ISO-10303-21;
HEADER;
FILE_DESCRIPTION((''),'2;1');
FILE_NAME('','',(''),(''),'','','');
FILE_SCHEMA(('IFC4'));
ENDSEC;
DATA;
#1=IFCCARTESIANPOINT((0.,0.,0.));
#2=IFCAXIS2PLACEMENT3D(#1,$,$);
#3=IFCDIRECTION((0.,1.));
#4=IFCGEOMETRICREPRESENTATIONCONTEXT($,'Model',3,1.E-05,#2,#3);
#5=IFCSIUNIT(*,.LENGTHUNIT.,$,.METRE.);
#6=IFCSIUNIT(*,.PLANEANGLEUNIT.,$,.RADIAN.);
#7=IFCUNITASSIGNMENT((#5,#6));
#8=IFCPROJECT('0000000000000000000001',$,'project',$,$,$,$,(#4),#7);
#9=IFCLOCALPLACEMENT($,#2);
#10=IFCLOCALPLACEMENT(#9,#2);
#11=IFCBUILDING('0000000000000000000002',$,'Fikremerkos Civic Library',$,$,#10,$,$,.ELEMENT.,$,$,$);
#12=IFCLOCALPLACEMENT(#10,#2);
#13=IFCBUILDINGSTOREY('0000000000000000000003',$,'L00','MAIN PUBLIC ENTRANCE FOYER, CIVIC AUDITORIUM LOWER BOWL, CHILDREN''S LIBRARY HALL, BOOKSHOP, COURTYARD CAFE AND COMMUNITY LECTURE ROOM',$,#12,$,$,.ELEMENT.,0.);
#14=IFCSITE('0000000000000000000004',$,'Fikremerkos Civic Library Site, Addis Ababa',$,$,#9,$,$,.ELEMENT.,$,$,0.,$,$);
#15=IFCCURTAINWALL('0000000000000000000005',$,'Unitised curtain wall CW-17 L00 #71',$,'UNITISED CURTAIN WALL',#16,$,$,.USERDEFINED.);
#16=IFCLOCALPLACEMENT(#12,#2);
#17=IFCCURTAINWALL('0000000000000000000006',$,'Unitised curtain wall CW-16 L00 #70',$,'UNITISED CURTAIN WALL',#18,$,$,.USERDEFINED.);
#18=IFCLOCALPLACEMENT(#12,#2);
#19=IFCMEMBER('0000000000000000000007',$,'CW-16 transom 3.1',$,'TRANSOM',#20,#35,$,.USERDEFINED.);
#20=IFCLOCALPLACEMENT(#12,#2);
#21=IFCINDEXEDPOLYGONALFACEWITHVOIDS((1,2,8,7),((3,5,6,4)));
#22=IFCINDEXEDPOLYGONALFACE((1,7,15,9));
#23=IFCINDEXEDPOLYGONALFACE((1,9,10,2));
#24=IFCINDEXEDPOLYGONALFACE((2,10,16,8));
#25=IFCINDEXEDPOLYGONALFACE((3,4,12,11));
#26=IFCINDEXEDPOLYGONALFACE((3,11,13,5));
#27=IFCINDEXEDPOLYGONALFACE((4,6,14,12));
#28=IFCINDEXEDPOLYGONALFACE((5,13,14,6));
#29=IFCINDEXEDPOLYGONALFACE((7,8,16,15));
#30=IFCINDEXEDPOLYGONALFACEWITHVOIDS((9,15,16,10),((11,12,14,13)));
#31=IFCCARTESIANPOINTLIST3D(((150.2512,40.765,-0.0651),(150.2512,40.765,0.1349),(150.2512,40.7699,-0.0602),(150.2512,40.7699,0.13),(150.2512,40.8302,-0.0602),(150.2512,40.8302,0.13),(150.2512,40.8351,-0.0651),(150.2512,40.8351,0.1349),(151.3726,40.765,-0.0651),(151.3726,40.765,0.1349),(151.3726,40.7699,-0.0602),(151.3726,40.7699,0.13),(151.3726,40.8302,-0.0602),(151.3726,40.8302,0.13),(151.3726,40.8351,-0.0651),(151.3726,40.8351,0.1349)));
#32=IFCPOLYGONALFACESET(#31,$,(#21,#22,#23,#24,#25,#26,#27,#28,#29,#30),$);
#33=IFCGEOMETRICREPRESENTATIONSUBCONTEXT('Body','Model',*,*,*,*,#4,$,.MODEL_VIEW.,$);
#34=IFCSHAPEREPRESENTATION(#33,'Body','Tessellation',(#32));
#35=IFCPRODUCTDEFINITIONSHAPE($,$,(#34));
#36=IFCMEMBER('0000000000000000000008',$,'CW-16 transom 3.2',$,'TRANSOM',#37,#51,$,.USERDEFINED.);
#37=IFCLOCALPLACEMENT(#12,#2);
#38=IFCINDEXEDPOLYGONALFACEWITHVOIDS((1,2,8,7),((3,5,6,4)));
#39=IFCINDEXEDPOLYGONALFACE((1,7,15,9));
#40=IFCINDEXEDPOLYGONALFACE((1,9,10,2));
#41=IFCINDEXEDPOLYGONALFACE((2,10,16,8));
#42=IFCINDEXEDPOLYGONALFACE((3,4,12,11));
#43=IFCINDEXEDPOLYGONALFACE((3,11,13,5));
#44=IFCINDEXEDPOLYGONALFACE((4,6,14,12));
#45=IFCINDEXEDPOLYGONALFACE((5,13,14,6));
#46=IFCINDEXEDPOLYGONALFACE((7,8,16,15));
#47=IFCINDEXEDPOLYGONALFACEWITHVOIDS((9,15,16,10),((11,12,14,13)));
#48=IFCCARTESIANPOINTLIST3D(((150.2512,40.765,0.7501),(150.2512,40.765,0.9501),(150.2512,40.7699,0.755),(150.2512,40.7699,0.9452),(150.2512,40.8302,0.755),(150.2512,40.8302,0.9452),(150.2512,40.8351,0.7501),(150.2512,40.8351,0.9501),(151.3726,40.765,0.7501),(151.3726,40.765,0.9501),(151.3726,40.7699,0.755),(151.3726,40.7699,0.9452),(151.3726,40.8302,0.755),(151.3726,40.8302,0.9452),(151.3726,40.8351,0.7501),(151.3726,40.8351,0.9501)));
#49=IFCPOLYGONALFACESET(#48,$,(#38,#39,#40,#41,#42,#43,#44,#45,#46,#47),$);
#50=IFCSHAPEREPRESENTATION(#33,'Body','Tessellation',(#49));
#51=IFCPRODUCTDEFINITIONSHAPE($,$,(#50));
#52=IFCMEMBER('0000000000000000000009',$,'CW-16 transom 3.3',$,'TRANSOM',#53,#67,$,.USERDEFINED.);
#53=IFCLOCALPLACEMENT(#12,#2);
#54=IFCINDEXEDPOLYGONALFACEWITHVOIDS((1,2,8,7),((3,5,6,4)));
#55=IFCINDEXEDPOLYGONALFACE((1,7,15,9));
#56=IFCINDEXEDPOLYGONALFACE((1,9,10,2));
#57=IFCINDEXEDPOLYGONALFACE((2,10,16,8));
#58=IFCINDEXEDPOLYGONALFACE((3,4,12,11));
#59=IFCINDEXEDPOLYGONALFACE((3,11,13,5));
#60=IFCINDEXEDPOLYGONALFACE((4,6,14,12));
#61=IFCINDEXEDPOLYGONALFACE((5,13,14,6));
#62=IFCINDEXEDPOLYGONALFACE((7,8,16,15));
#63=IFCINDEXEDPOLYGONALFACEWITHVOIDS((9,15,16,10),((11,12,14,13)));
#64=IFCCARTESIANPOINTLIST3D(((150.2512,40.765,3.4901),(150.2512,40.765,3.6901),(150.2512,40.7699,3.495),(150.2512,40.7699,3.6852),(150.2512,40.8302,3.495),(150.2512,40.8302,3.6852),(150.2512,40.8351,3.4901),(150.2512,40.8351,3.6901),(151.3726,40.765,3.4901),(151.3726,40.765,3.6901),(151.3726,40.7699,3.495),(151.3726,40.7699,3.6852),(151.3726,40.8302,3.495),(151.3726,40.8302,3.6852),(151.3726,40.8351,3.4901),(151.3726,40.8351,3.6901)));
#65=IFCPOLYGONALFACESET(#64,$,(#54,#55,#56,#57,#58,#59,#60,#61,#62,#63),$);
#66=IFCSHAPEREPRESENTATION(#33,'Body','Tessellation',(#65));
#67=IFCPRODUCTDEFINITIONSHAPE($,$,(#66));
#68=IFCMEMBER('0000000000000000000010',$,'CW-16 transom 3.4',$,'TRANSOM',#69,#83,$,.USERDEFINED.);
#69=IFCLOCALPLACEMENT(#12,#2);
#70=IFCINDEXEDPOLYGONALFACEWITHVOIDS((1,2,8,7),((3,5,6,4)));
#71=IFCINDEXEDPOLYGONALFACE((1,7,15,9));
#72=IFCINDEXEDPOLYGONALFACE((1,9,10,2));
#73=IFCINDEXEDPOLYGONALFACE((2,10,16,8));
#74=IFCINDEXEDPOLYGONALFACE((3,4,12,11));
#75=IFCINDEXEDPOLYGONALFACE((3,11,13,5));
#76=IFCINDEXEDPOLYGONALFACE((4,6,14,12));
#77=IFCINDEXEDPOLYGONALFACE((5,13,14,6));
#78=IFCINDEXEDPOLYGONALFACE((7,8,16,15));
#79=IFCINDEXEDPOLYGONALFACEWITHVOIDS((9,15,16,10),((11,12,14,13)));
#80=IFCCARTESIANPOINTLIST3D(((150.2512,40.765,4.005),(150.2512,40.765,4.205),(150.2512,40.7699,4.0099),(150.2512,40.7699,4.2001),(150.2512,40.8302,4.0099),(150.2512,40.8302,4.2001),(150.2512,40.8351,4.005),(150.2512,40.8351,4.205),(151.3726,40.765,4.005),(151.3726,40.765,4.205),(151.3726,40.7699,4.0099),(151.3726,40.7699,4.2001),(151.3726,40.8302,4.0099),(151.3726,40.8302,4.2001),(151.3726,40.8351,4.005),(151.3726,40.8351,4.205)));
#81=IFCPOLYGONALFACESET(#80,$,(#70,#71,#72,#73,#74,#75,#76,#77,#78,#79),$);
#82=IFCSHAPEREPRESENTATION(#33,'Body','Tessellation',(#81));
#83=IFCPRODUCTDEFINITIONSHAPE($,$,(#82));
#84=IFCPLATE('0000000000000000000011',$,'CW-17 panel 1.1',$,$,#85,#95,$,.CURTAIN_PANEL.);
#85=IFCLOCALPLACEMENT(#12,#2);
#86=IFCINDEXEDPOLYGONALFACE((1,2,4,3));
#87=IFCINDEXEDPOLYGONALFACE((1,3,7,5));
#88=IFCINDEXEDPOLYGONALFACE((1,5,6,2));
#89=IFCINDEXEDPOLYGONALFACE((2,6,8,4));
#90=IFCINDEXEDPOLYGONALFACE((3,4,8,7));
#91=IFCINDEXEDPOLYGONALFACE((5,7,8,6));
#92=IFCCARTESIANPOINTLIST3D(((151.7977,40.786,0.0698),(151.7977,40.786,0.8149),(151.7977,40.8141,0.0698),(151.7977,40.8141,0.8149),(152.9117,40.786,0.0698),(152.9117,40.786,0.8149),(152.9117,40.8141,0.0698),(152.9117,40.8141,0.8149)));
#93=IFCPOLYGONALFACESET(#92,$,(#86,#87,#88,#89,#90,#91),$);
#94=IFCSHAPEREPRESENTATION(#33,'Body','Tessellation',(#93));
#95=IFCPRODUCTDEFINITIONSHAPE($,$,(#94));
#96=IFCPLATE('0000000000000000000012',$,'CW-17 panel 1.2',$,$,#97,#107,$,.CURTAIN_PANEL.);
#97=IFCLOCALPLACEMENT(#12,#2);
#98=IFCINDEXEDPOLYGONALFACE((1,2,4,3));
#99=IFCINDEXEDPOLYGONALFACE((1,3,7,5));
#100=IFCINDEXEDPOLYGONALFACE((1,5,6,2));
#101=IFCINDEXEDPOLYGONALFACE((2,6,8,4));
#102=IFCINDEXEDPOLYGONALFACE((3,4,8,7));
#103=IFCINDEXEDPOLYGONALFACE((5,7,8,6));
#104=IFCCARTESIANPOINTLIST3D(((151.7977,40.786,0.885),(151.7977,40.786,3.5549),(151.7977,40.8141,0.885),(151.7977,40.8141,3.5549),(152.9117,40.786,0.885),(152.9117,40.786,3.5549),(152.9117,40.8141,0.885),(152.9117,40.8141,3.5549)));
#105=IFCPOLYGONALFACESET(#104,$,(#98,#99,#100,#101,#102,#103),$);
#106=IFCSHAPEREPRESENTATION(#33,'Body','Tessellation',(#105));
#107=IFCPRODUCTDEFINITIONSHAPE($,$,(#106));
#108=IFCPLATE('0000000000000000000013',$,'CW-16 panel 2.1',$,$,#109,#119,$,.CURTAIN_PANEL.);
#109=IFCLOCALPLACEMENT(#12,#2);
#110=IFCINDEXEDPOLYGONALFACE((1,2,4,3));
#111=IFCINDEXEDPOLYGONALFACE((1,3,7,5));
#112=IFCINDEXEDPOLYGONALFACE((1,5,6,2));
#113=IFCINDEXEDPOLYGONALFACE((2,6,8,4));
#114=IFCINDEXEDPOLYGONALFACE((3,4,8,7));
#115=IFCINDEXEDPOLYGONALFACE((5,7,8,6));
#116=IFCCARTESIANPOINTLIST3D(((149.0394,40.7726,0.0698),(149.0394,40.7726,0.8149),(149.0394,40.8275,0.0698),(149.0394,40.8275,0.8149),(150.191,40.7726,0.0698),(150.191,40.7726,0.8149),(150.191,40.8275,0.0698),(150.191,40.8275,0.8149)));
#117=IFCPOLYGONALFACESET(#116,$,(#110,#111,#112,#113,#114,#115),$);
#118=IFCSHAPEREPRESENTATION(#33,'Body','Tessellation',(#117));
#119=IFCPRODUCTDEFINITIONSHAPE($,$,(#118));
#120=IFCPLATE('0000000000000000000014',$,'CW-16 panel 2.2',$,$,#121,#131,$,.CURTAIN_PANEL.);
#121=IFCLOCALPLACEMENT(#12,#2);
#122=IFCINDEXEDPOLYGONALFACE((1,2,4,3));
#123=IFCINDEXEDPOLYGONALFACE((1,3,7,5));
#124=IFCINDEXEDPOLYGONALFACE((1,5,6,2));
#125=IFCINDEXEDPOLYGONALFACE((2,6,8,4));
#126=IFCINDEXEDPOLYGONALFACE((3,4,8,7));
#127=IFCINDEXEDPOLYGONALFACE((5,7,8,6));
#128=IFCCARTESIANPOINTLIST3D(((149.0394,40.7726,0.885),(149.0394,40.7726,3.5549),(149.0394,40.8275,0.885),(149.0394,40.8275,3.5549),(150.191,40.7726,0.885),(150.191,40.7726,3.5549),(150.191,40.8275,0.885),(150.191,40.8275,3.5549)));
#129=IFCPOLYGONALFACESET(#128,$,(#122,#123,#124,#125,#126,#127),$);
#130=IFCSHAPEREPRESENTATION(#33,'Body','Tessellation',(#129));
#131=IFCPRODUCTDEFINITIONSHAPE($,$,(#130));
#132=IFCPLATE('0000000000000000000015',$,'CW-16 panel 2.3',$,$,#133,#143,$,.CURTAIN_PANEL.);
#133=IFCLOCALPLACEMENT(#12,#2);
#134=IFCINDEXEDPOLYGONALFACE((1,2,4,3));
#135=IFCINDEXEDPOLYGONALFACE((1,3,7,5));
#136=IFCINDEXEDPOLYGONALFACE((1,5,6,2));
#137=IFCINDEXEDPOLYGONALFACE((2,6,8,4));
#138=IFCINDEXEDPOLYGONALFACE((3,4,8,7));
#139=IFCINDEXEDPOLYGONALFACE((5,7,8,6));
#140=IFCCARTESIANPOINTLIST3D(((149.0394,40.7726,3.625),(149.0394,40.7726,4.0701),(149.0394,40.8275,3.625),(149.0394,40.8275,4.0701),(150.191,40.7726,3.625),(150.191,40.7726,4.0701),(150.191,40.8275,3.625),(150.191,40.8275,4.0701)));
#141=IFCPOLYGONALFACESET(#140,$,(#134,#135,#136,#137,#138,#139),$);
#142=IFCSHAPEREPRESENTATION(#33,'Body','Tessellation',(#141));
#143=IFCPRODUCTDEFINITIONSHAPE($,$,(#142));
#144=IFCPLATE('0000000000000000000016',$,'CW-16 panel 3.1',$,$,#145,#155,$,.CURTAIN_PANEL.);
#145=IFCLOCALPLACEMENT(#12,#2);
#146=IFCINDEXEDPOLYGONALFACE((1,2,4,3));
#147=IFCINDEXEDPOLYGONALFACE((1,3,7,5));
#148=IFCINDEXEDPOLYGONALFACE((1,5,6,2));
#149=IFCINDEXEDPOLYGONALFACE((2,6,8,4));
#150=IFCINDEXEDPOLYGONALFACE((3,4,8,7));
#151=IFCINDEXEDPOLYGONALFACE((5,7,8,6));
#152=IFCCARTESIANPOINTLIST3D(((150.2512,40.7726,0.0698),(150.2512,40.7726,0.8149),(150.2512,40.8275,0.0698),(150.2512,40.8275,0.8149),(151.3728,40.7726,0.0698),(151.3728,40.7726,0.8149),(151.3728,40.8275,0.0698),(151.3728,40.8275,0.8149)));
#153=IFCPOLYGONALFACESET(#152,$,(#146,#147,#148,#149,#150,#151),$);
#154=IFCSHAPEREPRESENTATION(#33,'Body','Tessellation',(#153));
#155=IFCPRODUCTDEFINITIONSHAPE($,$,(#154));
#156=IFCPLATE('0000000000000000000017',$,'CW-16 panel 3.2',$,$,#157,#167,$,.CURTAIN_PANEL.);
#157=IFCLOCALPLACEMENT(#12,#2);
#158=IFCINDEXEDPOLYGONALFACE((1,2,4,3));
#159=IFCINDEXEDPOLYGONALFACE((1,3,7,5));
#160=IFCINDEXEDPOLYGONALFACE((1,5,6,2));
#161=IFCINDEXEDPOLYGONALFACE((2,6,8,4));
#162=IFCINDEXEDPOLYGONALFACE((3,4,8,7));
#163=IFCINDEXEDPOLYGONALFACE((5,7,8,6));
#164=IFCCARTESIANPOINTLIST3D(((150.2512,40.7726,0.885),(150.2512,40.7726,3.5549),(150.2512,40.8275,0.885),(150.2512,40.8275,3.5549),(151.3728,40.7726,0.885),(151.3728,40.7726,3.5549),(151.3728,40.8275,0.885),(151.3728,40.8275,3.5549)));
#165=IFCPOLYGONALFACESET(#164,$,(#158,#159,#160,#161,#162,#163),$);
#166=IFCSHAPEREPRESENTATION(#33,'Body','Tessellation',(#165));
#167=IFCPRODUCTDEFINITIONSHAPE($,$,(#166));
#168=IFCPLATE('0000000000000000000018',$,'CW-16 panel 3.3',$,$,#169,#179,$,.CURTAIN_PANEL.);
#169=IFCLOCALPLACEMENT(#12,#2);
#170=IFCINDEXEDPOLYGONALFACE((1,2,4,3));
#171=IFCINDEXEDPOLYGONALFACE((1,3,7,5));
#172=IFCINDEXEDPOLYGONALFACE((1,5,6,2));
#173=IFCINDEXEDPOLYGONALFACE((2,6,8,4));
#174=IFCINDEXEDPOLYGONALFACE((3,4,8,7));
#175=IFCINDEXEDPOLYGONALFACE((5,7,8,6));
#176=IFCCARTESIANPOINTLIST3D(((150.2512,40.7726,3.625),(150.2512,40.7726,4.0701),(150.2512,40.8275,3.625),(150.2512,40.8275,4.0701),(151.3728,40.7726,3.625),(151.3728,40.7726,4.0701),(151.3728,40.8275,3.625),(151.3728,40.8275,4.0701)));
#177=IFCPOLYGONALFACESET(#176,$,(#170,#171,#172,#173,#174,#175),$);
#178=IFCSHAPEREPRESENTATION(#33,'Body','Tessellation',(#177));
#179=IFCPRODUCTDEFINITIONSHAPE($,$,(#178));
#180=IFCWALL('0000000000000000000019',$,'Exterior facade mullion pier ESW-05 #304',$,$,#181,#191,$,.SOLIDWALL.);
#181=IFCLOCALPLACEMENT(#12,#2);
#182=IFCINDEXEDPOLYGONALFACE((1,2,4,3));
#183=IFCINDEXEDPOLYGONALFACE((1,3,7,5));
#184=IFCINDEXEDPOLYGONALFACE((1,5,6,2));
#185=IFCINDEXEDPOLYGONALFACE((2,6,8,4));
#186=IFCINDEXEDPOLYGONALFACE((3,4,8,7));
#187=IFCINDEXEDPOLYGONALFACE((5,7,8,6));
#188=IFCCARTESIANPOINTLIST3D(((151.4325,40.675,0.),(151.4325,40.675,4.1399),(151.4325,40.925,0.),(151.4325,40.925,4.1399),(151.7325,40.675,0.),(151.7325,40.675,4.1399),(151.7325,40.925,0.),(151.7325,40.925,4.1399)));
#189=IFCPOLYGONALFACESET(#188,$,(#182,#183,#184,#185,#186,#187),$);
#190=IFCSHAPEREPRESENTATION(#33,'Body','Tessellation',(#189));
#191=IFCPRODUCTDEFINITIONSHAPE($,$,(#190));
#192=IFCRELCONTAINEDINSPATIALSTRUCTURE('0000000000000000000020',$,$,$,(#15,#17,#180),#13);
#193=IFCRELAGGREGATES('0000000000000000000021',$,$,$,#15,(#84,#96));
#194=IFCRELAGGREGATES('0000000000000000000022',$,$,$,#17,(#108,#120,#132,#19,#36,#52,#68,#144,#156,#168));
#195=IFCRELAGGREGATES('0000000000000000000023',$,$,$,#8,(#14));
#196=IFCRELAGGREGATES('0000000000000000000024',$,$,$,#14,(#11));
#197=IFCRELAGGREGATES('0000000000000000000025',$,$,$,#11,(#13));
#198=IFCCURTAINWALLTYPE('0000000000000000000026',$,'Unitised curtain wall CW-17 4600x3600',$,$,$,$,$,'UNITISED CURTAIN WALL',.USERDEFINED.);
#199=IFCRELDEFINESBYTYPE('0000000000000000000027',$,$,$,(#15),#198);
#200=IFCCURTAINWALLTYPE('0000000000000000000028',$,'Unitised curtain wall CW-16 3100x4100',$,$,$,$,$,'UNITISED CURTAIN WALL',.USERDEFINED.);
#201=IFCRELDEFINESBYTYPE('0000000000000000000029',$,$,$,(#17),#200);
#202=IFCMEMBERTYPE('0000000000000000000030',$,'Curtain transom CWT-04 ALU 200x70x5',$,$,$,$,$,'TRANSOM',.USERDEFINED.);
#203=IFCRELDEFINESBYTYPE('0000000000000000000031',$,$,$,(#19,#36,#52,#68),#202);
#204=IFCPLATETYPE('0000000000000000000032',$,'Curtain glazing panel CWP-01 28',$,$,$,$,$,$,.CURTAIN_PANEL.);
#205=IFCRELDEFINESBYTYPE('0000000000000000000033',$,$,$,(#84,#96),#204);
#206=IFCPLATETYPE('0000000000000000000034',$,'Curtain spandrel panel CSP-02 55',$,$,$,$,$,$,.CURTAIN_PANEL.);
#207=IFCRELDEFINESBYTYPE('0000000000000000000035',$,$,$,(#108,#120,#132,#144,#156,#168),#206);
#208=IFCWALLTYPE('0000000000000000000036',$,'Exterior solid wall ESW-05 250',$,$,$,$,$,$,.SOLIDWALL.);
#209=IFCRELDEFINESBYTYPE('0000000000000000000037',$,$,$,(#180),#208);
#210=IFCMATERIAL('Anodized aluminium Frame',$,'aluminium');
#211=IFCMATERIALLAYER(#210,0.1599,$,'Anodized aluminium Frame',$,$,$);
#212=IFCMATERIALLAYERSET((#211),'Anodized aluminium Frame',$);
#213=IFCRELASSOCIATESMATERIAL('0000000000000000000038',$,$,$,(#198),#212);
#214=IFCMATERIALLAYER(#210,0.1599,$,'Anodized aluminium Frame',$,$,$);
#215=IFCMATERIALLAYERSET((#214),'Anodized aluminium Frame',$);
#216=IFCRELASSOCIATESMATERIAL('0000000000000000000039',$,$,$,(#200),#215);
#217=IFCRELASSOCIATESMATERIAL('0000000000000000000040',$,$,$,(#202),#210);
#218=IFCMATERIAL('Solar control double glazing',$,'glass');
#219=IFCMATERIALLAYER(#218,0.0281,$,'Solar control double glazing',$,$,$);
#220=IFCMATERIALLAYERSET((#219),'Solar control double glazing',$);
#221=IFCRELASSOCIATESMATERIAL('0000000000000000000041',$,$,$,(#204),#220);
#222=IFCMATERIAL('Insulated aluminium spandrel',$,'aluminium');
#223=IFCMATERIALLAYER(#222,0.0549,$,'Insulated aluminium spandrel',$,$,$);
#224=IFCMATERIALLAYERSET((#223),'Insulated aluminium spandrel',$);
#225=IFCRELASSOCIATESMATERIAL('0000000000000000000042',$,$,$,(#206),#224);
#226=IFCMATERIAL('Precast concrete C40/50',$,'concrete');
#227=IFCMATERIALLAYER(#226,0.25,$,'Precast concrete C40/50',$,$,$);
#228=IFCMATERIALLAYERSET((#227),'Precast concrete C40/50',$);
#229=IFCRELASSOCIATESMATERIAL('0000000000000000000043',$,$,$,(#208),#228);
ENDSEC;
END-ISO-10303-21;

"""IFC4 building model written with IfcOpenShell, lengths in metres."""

from ifc_helpers import new_model, si_unit, direction, frame, frame_2d, origin, origin_2d, place, context, subcontext, project, spatial, rectangle, hollow_rectangle, extrude, material, layer, layer_set, material_profile, profile_set, type_object, element, aggregate, save


model = new_model("IFC4")

# Units and contexts
model_context = context("Model", 3, precision=1e-05, world=origin(), true_north=direction((0.0, 1.0)))
body_context = subcontext(model_context, "Body", "Model", "MODEL_VIEW")
ifc_project = project(units=[si_unit("LENGTHUNIT", "METRE"), si_unit("PLANEANGLEUNIT", "RADIAN")], contexts=[model_context])

# Site, building, storey
site_placement = place(None, origin())
site = spatial("IfcSite", under=ifc_project, at=site_placement, Name="Fikremerkos Civic Library Site, Addis Ababa", CompositionType="ELEMENT", RefElevation=0.0)
building_placement = place(site_placement, origin())
building = spatial("IfcBuilding", under=site, at=building_placement, Name="Fikremerkos Civic Library", CompositionType="ELEMENT")
storey_placement = place(building_placement, origin())
storey = spatial("IfcBuildingStorey", under=building, at=storey_placement, Name="L00", Description="MAIN PUBLIC ENTRANCE FOYER, CIVIC AUDITORIUM LOWER BOWL, CHILDREN'S LIBRARY HALL, BOOKSHOP, COURTYARD CAFE AND COMMUNITY LECTURE ROOM", CompositionType="ELEMENT", Elevation=0.0)

# Curtain wall
ifc_material_1 = material(Name="Anodized aluminium Frame", Category="aluminium")
ifc_layer_1 = layer(ifc_material_1, 0.1599, Name="Anodized aluminium Frame")
ifc_layer_set_1 = layer_set([ifc_layer_1], Name="Anodized aluminium Frame")
curtain_wall_type_1 = type_object("IfcCurtainWallType", Name="Unitised curtain wall CW-17 4600x3600", ElementType="UNITISED CURTAIN WALL", PredefinedType="USERDEFINED", material=ifc_layer_set_1)
curtain_wall_1_placement = place(storey_placement, origin())
curtain_wall_1 = element("IfcCurtainWall", 1, at=curtain_wall_1_placement, inside=storey, type_object=curtain_wall_type_1, Name="Unitised curtain wall CW-17 L00 #71", ObjectType="UNITISED CURTAIN WALL", PredefinedType="USERDEFINED")

# Curtain wall
ifc_layer_2 = layer(ifc_material_1, 0.1599, Name="Anodized aluminium Frame")
ifc_layer_set_2 = layer_set([ifc_layer_2], Name="Anodized aluminium Frame")
curtain_wall_type_2 = type_object("IfcCurtainWallType", Name="Unitised curtain wall CW-16 3100x4100", ElementType="UNITISED CURTAIN WALL", PredefinedType="USERDEFINED", material=ifc_layer_set_2)
curtain_wall_2_placement = place(storey_placement, origin())
curtain_wall_2 = element("IfcCurtainWall", 2, at=curtain_wall_2_placement, inside=storey, type_object=curtain_wall_type_2, Name="Unitised curtain wall CW-16 L00 #70", ObjectType="UNITISED CURTAIN WALL", PredefinedType="USERDEFINED")

# Members
ifc_material_profile_1 = material_profile(ifc_material_1, hollow_rectangle(XDim=0.0701, YDim=0.2, WallThickness=0.0049, at=origin_2d()), Name="ALU 200x70x5")
ifc_profile_set_1 = profile_set([ifc_material_profile_1], Name="Anodized aluminium Frame")
member_type_1 = type_object("IfcMemberType", Name="Curtain transom CWT-04 ALU 200x70x5", ElementType="TRANSOM", PredefinedType="USERDEFINED", material=ifc_profile_set_1)
member_1_placement = place(storey_placement, frame((150.2512, 40.8, 0.0349), z_axis=(1.0, 0.0, 0.0), x_axis=(0.0, 1.0, 0.0)))
member_1 = element("IfcMember", 3, at=member_1_placement, type_object=member_type_1, Name="CW-16 transom 3.1", ObjectType="TRANSOM", PredefinedType="USERDEFINED", context=body_context, shape_type="SweptSolid", body=[
    extrude(hollow_rectangle(XDim=0.0701, YDim=0.2, WallThickness=0.0049, at=origin_2d()), origin(), (0.0, 0.0, 1.0), 1.1213),
])
member_2_placement = place(storey_placement, frame((150.2512, 40.8, 0.8501), z_axis=(1.0, 0.0, 0.0), x_axis=(0.0, 1.0, 0.0)))
member_2 = element("IfcMember", 4, at=member_2_placement, type_object=member_type_1, Name="CW-16 transom 3.2", ObjectType="TRANSOM", PredefinedType="USERDEFINED", context=body_context, shape_type="SweptSolid", body=[
    extrude(hollow_rectangle(XDim=0.0701, YDim=0.2, WallThickness=0.0049, at=origin_2d()), origin(), (0.0, 0.0, 1.0), 1.1213),
])
member_3_placement = place(storey_placement, frame((150.2512, 40.8, 3.5901), z_axis=(1.0, 0.0, 0.0), x_axis=(0.0, 1.0, 0.0)))
member_3 = element("IfcMember", 5, at=member_3_placement, type_object=member_type_1, Name="CW-16 transom 3.3", ObjectType="TRANSOM", PredefinedType="USERDEFINED", context=body_context, shape_type="SweptSolid", body=[
    extrude(hollow_rectangle(XDim=0.0701, YDim=0.2, WallThickness=0.0049, at=origin_2d()), origin(), (0.0, 0.0, 1.0), 1.1213),
])
member_4_placement = place(storey_placement, frame((150.2512, 40.8, 4.105), z_axis=(1.0, 0.0, 0.0), x_axis=(0.0, 1.0, 0.0)))
member_4 = element("IfcMember", 6, at=member_4_placement, type_object=member_type_1, Name="CW-16 transom 3.4", ObjectType="TRANSOM", PredefinedType="USERDEFINED", context=body_context, shape_type="SweptSolid", body=[
    extrude(hollow_rectangle(XDim=0.0701, YDim=0.2, WallThickness=0.0049, at=origin_2d()), origin(), (0.0, 0.0, 1.0), 1.1213),
])

# Plates
ifc_material_2 = material(Name="Solar control double glazing", Category="glass")
ifc_layer_3 = layer(ifc_material_2, 0.0281, Name="Solar control double glazing")
ifc_layer_set_3 = layer_set([ifc_layer_3], Name="Solar control double glazing")
plate_type_1 = type_object("IfcPlateType", Name="Curtain glazing panel CWP-01 28", PredefinedType="CURTAIN_PANEL", material=ifc_layer_set_3)
plate_1_placement = place(storey_placement, frame((152.3547, 40.8, 0.0698), z_axis=(0.0, 0.0, 1.0), x_axis=(1.0, 0.0, 0.0)))
plate_1 = element("IfcPlate", 7, at=plate_1_placement, type_object=plate_type_1, Name="CW-17 panel 1.1", PredefinedType="CURTAIN_PANEL", context=body_context, shape_type="SweptSolid", body=[
    extrude(rectangle(XDim=1.114, YDim=0.0281, at=origin_2d()), origin(), (0.0, 0.0, 1.0), 0.7451),
])
plate_2_placement = place(storey_placement, frame((152.3547, 40.8, 0.885), z_axis=(0.0, 0.0, 1.0), x_axis=(1.0, 0.0, 0.0)))
plate_2 = element("IfcPlate", 8, at=plate_2_placement, type_object=plate_type_1, Name="CW-17 panel 1.2", PredefinedType="CURTAIN_PANEL", context=body_context, shape_type="SweptSolid", body=[
    extrude(rectangle(XDim=1.114, YDim=0.0281, at=origin_2d()), origin(), (0.0, 0.0, 1.0), 2.6699),
])
aggregate(curtain_wall_1, [plate_1, plate_2])
ifc_material_3 = material(Name="Insulated aluminium spandrel", Category="aluminium")
ifc_layer_4 = layer(ifc_material_3, 0.0549, Name="Insulated aluminium spandrel")
ifc_layer_set_4 = layer_set([ifc_layer_4], Name="Insulated aluminium spandrel")
plate_type_2 = type_object("IfcPlateType", Name="Curtain spandrel panel CSP-02 55", PredefinedType="CURTAIN_PANEL", material=ifc_layer_set_4)
plate_3_placement = place(storey_placement, frame((149.6152, 40.8, 0.0698), z_axis=(0.0, 0.0, 1.0), x_axis=(1.0, 0.0, 0.0)))
plate_3 = element("IfcPlate", 9, at=plate_3_placement, type_object=plate_type_2, Name="CW-16 panel 2.1", PredefinedType="CURTAIN_PANEL", context=body_context, shape_type="SweptSolid", body=[
    extrude(rectangle(XDim=1.1516, YDim=0.0549, at=origin_2d()), origin(), (0.0, 0.0, 1.0), 0.7451),
])
plate_4_placement = place(storey_placement, frame((149.6152, 40.8, 0.885), z_axis=(0.0, 0.0, 1.0), x_axis=(1.0, 0.0, 0.0)))
plate_4 = element("IfcPlate", 10, at=plate_4_placement, type_object=plate_type_2, Name="CW-16 panel 2.2", PredefinedType="CURTAIN_PANEL", context=body_context, shape_type="SweptSolid", body=[
    extrude(rectangle(XDim=1.1516, YDim=0.0549, at=origin_2d()), origin(), (0.0, 0.0, 1.0), 2.6699),
])
plate_5_placement = place(storey_placement, frame((149.6152, 40.8, 3.625), z_axis=(0.0, 0.0, 1.0), x_axis=(1.0, 0.0, 0.0)))
plate_5 = element("IfcPlate", 11, at=plate_5_placement, type_object=plate_type_2, Name="CW-16 panel 2.3", PredefinedType="CURTAIN_PANEL", context=body_context, shape_type="SweptSolid", body=[
    extrude(rectangle(XDim=1.1516, YDim=0.0549, at=origin_2d()), origin(), (0.0, 0.0, 1.0), 0.4451),
])
plate_6_placement = place(storey_placement, frame((150.812, 40.8, 0.0698), z_axis=(0.0, 0.0, 1.0), x_axis=(1.0, 0.0, 0.0)))
plate_6 = element("IfcPlate", 12, at=plate_6_placement, type_object=plate_type_2, Name="CW-16 panel 3.1", PredefinedType="CURTAIN_PANEL", context=body_context, shape_type="SweptSolid", body=[
    extrude(rectangle(XDim=1.1216, YDim=0.0549, at=origin_2d()), origin(), (0.0, 0.0, 1.0), 0.7451),
])
plate_7_placement = place(storey_placement, frame((150.812, 40.8, 0.885), z_axis=(0.0, 0.0, 1.0), x_axis=(1.0, 0.0, 0.0)))
plate_7 = element("IfcPlate", 13, at=plate_7_placement, type_object=plate_type_2, Name="CW-16 panel 3.2", PredefinedType="CURTAIN_PANEL", context=body_context, shape_type="SweptSolid", body=[
    extrude(rectangle(XDim=1.1216, YDim=0.0549, at=origin_2d()), origin(), (0.0, 0.0, 1.0), 2.6699),
])
plate_8_placement = place(storey_placement, frame((150.812, 40.8, 3.625), z_axis=(0.0, 0.0, 1.0), x_axis=(1.0, 0.0, 0.0)))
plate_8 = element("IfcPlate", 14, at=plate_8_placement, type_object=plate_type_2, Name="CW-16 panel 3.3", PredefinedType="CURTAIN_PANEL", context=body_context, shape_type="SweptSolid", body=[
    extrude(rectangle(XDim=1.1216, YDim=0.0549, at=origin_2d()), origin(), (0.0, 0.0, 1.0), 0.4451),
])
aggregate(curtain_wall_2, [plate_3, plate_4, plate_5, member_1, member_2, member_3, member_4, plate_6, plate_7, plate_8])

# Wall
ifc_material_4 = material(Name="Precast concrete C40/50", Category="concrete")
ifc_layer_5 = layer(ifc_material_4, 0.25, Name="Precast concrete C40/50")
ifc_layer_set_5 = layer_set([ifc_layer_5], Name="Precast concrete C40/50")
wall_type = type_object("IfcWallType", Name="Exterior solid wall ESW-05 250", PredefinedType="SOLIDWALL", material=ifc_layer_set_5)
wall_placement = place(storey_placement, frame((151.4326, 40.8, 0.0), z_axis=(0.0, 0.0, 1.0), x_axis=(1.0, 0.0, 0.0)))
element("IfcWall", 15, at=wall_placement, inside=storey, type_object=wall_type, Name="Exterior facade mullion pier ESW-05 #304", PredefinedType="SOLIDWALL", context=body_context, shape_type="SweptSolid", body=[
    extrude(rectangle(XDim=0.3, YDim=0.25, at=frame_2d((0.1499, 0.0))), origin(), (0.0, 0.0, 1.0), 4.1399),
])

save(model, "model.ifc")
